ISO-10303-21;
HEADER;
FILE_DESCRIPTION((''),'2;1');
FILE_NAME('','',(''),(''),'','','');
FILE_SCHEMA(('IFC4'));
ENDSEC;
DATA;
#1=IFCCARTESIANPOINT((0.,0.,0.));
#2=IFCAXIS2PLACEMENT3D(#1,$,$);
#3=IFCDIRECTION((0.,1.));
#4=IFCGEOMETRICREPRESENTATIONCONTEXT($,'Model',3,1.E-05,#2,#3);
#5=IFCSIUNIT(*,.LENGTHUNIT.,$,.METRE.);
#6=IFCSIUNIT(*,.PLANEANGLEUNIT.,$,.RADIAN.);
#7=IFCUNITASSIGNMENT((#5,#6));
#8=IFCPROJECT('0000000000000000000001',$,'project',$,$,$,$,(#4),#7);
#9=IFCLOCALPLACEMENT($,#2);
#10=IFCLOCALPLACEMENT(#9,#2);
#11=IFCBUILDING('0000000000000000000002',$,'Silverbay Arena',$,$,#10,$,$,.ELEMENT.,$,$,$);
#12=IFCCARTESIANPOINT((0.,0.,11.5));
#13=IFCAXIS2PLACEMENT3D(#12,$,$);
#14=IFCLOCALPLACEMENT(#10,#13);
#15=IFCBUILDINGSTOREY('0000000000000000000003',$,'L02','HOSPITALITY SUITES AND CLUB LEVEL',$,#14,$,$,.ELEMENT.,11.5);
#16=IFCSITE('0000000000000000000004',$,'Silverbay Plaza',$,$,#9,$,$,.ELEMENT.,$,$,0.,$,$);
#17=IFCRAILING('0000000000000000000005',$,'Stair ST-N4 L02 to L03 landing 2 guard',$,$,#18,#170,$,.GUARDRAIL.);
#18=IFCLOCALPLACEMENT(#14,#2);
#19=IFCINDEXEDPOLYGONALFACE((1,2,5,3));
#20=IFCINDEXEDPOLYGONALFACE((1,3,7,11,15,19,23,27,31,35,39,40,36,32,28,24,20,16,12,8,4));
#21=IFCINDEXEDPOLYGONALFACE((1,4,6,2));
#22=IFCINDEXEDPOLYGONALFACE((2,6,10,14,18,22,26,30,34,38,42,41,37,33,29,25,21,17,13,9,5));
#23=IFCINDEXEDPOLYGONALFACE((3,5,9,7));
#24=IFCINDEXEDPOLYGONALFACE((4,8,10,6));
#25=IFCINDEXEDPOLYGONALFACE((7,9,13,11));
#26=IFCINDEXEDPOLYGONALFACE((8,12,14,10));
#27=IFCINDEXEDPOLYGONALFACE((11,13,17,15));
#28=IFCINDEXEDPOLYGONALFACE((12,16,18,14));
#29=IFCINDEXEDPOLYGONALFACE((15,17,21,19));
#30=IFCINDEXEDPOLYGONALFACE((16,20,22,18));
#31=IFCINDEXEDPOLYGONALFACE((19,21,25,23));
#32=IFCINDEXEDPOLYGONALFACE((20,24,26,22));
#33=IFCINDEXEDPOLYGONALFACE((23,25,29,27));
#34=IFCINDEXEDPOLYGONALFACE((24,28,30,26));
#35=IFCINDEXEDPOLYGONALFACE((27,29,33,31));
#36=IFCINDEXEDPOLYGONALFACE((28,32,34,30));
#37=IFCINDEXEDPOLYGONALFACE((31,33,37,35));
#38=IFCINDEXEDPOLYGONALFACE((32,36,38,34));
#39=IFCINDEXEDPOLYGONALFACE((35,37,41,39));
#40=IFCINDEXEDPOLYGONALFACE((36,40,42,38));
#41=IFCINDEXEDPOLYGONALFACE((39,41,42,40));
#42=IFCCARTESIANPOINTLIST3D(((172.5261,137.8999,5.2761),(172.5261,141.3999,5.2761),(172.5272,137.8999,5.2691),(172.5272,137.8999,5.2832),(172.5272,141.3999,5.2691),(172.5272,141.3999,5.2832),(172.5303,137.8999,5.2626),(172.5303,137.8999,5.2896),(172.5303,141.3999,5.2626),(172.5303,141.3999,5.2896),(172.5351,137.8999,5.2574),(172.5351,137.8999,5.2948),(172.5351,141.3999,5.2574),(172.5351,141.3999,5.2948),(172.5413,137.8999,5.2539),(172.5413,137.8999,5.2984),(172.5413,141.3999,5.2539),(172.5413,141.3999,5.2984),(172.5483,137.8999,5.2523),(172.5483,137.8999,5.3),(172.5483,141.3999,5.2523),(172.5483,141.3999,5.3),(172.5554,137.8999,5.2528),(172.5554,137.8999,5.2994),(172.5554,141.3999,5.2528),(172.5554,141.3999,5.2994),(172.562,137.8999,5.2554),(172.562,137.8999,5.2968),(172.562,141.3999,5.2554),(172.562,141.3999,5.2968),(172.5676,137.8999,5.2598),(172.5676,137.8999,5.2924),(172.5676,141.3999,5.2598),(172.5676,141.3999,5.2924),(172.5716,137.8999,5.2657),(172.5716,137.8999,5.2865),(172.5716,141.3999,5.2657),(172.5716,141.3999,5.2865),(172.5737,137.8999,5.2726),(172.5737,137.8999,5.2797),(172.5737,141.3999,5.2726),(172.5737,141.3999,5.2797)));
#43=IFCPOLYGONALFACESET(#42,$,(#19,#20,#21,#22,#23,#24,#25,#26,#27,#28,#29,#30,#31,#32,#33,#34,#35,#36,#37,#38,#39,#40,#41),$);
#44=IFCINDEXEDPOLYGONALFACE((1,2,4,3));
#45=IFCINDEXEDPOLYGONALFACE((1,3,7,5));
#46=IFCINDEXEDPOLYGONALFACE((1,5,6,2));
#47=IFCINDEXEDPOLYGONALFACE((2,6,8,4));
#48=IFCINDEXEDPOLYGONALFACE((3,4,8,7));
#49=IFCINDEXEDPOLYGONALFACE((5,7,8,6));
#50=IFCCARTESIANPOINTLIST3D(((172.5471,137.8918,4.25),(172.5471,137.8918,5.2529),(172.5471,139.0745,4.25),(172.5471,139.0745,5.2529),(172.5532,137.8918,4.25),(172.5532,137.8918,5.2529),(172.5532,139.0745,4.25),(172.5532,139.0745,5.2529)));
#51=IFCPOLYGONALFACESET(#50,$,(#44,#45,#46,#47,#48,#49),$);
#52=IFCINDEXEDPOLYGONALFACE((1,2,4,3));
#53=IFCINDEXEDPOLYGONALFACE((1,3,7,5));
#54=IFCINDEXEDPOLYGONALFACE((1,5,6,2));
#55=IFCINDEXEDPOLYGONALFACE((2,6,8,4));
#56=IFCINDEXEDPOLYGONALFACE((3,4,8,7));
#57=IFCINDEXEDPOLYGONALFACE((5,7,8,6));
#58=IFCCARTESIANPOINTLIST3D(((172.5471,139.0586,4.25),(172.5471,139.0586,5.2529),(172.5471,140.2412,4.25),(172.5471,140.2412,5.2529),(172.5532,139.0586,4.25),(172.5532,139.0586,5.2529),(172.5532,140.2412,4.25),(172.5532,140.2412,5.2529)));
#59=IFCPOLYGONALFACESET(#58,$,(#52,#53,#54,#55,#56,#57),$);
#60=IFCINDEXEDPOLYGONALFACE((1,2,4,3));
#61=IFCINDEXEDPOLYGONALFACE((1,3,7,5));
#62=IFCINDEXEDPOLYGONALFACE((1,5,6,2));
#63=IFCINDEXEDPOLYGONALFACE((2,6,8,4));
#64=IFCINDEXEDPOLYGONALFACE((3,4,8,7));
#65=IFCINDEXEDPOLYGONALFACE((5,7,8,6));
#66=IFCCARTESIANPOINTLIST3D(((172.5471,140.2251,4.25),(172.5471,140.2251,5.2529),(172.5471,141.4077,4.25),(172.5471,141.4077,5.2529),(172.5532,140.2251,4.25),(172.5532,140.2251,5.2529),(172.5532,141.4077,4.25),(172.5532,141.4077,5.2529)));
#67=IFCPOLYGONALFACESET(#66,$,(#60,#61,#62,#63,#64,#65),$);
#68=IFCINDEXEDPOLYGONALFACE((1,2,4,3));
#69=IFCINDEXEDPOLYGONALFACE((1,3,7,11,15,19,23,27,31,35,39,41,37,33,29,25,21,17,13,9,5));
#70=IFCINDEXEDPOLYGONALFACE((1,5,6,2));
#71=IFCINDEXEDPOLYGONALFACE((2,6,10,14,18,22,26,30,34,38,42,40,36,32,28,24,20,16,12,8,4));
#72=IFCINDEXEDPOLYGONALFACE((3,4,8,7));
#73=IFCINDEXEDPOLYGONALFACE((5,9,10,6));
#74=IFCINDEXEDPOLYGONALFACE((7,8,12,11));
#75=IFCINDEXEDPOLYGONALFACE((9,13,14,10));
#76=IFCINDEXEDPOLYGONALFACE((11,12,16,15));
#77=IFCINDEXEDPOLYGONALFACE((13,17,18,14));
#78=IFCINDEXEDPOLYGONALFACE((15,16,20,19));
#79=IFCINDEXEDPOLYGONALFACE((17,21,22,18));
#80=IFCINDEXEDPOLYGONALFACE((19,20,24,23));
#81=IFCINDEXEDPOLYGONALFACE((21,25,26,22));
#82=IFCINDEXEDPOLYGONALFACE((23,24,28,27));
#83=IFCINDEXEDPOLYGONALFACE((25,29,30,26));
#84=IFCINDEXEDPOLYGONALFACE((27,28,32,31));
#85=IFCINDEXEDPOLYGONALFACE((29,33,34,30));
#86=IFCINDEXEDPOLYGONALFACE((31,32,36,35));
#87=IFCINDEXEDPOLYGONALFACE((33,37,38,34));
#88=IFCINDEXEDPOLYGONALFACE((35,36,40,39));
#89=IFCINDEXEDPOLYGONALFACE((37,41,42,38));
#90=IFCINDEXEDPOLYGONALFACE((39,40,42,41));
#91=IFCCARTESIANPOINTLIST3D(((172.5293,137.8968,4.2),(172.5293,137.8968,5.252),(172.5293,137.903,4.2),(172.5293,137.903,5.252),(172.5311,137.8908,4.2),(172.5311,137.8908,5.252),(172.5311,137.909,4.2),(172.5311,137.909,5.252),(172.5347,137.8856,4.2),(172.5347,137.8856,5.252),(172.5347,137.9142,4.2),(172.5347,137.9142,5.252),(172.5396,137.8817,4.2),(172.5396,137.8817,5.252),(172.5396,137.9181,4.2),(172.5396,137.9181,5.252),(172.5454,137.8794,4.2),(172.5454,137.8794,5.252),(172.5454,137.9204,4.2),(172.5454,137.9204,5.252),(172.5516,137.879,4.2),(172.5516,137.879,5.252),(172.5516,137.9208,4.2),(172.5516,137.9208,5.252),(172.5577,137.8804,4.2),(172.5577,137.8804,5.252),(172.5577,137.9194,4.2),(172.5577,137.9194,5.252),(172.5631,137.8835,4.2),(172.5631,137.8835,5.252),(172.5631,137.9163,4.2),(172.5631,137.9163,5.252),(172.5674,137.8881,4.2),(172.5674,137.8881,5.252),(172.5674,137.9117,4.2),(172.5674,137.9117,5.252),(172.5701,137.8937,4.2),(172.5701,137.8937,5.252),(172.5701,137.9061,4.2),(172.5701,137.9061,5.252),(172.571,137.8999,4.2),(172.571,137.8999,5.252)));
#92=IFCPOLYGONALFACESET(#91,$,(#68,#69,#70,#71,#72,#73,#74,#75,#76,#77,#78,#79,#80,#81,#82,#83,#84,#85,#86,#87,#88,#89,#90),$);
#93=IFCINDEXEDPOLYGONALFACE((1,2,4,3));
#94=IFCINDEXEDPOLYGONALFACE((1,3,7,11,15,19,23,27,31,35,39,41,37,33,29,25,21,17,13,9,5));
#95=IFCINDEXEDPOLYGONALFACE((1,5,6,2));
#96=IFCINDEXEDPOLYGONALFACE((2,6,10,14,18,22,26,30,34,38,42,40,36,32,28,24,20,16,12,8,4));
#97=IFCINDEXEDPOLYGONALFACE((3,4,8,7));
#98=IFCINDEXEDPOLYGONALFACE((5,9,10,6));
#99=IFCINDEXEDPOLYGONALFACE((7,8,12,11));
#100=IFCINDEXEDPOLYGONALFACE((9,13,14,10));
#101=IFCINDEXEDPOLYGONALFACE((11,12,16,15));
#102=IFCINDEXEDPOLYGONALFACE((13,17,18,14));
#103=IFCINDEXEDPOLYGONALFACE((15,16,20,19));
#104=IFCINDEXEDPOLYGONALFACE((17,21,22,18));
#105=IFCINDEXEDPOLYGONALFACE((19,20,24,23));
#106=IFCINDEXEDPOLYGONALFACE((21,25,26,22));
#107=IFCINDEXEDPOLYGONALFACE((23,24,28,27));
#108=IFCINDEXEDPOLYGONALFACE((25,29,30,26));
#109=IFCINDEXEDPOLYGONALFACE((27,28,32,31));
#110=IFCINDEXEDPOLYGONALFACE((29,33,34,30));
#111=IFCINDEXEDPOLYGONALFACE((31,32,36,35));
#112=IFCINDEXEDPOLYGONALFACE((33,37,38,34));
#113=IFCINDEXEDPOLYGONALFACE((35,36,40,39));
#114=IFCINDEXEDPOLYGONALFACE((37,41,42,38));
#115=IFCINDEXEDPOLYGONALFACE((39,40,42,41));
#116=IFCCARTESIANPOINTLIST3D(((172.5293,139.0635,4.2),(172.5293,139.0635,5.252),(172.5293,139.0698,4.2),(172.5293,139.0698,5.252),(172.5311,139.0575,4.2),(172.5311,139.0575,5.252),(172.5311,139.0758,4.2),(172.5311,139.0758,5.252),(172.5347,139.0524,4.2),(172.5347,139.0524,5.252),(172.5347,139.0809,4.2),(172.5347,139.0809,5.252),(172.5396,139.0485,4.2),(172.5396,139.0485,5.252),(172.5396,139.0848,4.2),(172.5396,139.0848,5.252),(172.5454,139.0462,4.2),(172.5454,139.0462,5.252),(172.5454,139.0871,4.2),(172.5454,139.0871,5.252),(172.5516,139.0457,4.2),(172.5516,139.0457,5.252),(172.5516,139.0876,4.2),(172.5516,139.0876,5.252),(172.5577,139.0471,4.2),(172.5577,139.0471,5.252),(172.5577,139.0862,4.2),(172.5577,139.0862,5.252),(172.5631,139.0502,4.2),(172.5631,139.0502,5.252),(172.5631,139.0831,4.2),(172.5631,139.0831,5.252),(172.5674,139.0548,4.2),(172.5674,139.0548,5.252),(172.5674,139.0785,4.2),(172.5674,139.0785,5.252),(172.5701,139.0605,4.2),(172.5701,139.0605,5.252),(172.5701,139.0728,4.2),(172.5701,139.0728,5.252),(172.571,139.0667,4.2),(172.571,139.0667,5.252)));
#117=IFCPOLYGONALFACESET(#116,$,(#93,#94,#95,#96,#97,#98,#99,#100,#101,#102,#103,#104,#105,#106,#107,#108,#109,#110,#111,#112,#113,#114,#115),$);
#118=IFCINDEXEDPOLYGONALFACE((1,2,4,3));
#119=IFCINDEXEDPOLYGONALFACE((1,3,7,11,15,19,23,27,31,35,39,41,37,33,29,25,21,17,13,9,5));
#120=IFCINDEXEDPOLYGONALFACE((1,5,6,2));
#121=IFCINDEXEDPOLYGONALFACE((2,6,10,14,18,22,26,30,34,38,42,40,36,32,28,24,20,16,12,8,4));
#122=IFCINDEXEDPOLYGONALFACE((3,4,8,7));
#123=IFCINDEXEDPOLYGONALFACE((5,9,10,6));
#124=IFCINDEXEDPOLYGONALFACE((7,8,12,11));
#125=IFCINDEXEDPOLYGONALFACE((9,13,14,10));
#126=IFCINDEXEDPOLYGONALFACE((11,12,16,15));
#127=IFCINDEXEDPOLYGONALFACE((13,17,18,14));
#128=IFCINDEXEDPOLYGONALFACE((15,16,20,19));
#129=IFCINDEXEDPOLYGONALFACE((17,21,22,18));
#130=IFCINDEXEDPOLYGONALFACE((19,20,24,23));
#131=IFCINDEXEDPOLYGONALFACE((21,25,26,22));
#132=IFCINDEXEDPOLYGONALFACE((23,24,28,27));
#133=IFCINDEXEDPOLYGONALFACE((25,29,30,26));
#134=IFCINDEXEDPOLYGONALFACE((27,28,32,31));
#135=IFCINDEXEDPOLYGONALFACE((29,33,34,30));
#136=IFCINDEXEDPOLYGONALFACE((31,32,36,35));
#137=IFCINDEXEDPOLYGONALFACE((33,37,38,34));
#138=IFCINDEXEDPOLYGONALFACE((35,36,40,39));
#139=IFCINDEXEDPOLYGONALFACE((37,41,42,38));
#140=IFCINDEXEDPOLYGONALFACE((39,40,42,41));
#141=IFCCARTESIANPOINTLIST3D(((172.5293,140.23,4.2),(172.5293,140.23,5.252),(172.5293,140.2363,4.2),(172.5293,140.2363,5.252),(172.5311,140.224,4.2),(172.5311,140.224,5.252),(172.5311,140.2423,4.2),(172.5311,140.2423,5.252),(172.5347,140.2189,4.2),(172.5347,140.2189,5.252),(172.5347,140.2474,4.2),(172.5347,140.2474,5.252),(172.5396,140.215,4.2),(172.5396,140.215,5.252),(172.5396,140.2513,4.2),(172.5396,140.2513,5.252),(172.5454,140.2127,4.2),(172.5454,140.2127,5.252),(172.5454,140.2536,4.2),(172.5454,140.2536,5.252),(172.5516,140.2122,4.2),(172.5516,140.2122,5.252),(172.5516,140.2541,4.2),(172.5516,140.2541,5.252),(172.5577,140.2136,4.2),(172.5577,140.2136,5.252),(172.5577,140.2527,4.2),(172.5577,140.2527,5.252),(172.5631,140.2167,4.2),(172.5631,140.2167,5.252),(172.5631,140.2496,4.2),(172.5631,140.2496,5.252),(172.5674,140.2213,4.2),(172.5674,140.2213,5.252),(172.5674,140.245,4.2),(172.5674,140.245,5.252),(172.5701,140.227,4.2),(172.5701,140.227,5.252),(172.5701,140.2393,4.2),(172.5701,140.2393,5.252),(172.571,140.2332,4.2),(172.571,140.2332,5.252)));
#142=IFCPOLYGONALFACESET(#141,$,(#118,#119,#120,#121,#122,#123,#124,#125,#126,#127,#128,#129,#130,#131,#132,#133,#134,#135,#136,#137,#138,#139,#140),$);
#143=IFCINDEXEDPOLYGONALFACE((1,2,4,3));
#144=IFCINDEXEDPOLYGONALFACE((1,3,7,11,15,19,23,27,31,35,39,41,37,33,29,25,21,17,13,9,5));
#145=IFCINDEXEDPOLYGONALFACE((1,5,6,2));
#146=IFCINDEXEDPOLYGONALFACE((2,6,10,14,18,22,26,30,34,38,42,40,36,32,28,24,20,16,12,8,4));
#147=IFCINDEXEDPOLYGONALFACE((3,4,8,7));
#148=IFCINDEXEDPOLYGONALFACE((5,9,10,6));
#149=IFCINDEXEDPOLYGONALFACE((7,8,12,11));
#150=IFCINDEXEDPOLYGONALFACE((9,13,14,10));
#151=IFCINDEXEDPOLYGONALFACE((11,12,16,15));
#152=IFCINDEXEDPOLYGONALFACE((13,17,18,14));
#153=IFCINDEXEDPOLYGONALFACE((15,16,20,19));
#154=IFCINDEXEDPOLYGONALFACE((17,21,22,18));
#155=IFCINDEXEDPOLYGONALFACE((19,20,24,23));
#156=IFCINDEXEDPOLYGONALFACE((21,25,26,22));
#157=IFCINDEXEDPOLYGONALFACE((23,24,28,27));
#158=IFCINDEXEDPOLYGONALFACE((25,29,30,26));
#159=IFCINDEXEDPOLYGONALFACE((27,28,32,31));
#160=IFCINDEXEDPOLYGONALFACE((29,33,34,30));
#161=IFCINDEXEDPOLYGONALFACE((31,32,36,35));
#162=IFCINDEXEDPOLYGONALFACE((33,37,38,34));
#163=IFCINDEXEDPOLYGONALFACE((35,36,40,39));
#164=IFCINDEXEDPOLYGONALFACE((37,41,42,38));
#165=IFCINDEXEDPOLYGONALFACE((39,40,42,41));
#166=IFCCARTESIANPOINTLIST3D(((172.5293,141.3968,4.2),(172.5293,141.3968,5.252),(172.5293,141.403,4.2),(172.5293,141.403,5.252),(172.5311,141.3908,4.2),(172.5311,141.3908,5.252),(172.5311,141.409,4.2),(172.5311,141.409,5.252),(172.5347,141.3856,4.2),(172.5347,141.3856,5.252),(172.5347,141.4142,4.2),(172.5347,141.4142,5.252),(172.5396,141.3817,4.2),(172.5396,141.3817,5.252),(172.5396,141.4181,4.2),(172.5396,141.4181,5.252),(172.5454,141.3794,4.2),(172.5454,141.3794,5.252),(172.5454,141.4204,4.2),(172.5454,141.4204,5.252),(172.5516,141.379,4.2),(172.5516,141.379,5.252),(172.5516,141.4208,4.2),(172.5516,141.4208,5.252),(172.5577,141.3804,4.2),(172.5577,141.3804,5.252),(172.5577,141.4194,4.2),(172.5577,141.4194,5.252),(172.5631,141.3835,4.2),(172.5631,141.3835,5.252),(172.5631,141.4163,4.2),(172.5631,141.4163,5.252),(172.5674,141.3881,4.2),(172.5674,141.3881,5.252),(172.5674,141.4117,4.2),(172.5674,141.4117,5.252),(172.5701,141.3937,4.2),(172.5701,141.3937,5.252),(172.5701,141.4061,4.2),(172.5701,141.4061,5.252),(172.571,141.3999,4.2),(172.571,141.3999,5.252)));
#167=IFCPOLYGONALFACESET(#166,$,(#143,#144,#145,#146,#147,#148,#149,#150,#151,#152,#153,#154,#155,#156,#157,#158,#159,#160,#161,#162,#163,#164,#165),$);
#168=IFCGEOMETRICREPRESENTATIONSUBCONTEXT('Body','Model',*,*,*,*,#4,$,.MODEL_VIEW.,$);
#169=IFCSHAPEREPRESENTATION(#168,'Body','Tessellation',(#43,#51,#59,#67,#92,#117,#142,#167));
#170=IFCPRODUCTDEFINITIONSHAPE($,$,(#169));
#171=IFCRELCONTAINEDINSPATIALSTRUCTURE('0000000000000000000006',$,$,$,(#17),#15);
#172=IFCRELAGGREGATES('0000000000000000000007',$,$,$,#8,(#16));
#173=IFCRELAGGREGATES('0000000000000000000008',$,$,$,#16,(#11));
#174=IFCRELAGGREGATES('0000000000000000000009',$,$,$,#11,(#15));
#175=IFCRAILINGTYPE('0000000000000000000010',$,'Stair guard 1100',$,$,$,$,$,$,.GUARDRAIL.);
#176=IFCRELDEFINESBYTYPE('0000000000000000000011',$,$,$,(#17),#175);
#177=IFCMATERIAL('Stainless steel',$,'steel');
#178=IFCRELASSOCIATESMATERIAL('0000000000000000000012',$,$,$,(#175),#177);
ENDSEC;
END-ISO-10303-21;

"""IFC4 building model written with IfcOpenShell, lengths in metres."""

from ifc_helpers import new_model, si_unit, direction, frame, origin, origin_2d, place, context, subcontext, project, spatial, polyline, circle, outline, extrude, material, type_object, element, save


model = new_model("IFC4")

# Units and contexts
model_context = context("Model", 3, precision=1e-05, world=origin(), true_north=direction((0.0, 1.0)))
body_context = subcontext(model_context, "Body", "Model", "MODEL_VIEW")
ifc_project = project(units=[si_unit("LENGTHUNIT", "METRE"), si_unit("PLANEANGLEUNIT", "RADIAN")], contexts=[model_context])

# Site, building, storey
site_placement = place(None, origin())
site = spatial("IfcSite", under=ifc_project, at=site_placement, Name="Silverbay Plaza", CompositionType="ELEMENT", RefElevation=0.0)
building_placement = place(site_placement, origin())
building = spatial("IfcBuilding", under=site, at=building_placement, Name="Silverbay Arena", CompositionType="ELEMENT")
storey_placement = place(building_placement, frame((0.0, 0.0, 11.5)))
storey = spatial("IfcBuildingStorey", under=building, at=storey_placement, Name="L02", Description="HOSPITALITY SUITES AND CLUB LEVEL", CompositionType="ELEMENT", Elevation=11.5)

# Railing
ifc_material_1 = material(Name="Stainless steel", Category="steel")
railing_type_1 = type_object("IfcRailingType", Name="Stair guard 1100", PredefinedType="GUARDRAIL", material=ifc_material_1)
for number, where, name in (
    (1, (172.55, 137.8999, 4.2), "Stair ST-N4 L02 to L03 landing 2 guard"),
):
    element("IfcRailing", number, at=place(storey_placement, frame(where)), inside=storey, type_object=railing_type_1, Name=name, PredefinedType="GUARDRAIL", context=body_context, shape_type="SweptSolid", body=[
        extrude(circle(Radius=0.0239, at=origin_2d()), frame((0.0, 0.0, 1.0762), z_axis=(0.0, 1.0, 0.0), x_axis=(-1.0, 0.0, 0.0)), (0.0, 0.0, 1.0), 3.5),
        extrude(outline(polyline([(-0.0081, 0.05), (1.1746, 0.05), (1.1746, 1.053), (-0.0081, 1.053), (-0.0081, 0.05)])), frame((-0.0029, 0.0, 0.0), z_axis=(1.0, 0.0, 0.0), x_axis=(0.0, 1.0, 0.0)), (0.0, 0.0, 1.0), 0.0061),
        extrude(outline(polyline([(-0.0081, 0.05), (1.1746, 0.05), (1.1746, 1.053), (-0.0081, 1.053), (-0.0081, 0.05)])), frame((-0.0029, 1.1667, 0.0), z_axis=(1.0, 0.0, 0.0), x_axis=(0.0, 1.0, 0.0)), (0.0, 0.0, 1.0), 0.0061),
        extrude(outline(polyline([(-0.0081, 0.05), (1.1746, 0.05), (1.1746, 1.053), (-0.0081, 1.053), (-0.0081, 0.05)])), frame((-0.0029, 2.3333, 0.0), z_axis=(1.0, 0.0, 0.0), x_axis=(0.0, 1.0, 0.0)), (0.0, 0.0, 1.0), 0.0061),
        extrude(circle(Radius=0.021, at=origin_2d()), origin(), (0.0, 0.0, 1.0), 1.052),
        extrude(circle(Radius=0.021, at=origin_2d()), frame((0.0, 1.1667, 0.0)), (0.0, 0.0, 1.0), 1.052),
        extrude(circle(Radius=0.021, at=origin_2d()), frame((0.0, 2.3333, 0.0)), (0.0, 0.0, 1.0), 1.052),
        extrude(circle(Radius=0.021, at=origin_2d()), frame((0.0, 3.5, 0.0)), (0.0, 0.0, 1.0), 1.052),
    ])

save(model, "model.ifc")
